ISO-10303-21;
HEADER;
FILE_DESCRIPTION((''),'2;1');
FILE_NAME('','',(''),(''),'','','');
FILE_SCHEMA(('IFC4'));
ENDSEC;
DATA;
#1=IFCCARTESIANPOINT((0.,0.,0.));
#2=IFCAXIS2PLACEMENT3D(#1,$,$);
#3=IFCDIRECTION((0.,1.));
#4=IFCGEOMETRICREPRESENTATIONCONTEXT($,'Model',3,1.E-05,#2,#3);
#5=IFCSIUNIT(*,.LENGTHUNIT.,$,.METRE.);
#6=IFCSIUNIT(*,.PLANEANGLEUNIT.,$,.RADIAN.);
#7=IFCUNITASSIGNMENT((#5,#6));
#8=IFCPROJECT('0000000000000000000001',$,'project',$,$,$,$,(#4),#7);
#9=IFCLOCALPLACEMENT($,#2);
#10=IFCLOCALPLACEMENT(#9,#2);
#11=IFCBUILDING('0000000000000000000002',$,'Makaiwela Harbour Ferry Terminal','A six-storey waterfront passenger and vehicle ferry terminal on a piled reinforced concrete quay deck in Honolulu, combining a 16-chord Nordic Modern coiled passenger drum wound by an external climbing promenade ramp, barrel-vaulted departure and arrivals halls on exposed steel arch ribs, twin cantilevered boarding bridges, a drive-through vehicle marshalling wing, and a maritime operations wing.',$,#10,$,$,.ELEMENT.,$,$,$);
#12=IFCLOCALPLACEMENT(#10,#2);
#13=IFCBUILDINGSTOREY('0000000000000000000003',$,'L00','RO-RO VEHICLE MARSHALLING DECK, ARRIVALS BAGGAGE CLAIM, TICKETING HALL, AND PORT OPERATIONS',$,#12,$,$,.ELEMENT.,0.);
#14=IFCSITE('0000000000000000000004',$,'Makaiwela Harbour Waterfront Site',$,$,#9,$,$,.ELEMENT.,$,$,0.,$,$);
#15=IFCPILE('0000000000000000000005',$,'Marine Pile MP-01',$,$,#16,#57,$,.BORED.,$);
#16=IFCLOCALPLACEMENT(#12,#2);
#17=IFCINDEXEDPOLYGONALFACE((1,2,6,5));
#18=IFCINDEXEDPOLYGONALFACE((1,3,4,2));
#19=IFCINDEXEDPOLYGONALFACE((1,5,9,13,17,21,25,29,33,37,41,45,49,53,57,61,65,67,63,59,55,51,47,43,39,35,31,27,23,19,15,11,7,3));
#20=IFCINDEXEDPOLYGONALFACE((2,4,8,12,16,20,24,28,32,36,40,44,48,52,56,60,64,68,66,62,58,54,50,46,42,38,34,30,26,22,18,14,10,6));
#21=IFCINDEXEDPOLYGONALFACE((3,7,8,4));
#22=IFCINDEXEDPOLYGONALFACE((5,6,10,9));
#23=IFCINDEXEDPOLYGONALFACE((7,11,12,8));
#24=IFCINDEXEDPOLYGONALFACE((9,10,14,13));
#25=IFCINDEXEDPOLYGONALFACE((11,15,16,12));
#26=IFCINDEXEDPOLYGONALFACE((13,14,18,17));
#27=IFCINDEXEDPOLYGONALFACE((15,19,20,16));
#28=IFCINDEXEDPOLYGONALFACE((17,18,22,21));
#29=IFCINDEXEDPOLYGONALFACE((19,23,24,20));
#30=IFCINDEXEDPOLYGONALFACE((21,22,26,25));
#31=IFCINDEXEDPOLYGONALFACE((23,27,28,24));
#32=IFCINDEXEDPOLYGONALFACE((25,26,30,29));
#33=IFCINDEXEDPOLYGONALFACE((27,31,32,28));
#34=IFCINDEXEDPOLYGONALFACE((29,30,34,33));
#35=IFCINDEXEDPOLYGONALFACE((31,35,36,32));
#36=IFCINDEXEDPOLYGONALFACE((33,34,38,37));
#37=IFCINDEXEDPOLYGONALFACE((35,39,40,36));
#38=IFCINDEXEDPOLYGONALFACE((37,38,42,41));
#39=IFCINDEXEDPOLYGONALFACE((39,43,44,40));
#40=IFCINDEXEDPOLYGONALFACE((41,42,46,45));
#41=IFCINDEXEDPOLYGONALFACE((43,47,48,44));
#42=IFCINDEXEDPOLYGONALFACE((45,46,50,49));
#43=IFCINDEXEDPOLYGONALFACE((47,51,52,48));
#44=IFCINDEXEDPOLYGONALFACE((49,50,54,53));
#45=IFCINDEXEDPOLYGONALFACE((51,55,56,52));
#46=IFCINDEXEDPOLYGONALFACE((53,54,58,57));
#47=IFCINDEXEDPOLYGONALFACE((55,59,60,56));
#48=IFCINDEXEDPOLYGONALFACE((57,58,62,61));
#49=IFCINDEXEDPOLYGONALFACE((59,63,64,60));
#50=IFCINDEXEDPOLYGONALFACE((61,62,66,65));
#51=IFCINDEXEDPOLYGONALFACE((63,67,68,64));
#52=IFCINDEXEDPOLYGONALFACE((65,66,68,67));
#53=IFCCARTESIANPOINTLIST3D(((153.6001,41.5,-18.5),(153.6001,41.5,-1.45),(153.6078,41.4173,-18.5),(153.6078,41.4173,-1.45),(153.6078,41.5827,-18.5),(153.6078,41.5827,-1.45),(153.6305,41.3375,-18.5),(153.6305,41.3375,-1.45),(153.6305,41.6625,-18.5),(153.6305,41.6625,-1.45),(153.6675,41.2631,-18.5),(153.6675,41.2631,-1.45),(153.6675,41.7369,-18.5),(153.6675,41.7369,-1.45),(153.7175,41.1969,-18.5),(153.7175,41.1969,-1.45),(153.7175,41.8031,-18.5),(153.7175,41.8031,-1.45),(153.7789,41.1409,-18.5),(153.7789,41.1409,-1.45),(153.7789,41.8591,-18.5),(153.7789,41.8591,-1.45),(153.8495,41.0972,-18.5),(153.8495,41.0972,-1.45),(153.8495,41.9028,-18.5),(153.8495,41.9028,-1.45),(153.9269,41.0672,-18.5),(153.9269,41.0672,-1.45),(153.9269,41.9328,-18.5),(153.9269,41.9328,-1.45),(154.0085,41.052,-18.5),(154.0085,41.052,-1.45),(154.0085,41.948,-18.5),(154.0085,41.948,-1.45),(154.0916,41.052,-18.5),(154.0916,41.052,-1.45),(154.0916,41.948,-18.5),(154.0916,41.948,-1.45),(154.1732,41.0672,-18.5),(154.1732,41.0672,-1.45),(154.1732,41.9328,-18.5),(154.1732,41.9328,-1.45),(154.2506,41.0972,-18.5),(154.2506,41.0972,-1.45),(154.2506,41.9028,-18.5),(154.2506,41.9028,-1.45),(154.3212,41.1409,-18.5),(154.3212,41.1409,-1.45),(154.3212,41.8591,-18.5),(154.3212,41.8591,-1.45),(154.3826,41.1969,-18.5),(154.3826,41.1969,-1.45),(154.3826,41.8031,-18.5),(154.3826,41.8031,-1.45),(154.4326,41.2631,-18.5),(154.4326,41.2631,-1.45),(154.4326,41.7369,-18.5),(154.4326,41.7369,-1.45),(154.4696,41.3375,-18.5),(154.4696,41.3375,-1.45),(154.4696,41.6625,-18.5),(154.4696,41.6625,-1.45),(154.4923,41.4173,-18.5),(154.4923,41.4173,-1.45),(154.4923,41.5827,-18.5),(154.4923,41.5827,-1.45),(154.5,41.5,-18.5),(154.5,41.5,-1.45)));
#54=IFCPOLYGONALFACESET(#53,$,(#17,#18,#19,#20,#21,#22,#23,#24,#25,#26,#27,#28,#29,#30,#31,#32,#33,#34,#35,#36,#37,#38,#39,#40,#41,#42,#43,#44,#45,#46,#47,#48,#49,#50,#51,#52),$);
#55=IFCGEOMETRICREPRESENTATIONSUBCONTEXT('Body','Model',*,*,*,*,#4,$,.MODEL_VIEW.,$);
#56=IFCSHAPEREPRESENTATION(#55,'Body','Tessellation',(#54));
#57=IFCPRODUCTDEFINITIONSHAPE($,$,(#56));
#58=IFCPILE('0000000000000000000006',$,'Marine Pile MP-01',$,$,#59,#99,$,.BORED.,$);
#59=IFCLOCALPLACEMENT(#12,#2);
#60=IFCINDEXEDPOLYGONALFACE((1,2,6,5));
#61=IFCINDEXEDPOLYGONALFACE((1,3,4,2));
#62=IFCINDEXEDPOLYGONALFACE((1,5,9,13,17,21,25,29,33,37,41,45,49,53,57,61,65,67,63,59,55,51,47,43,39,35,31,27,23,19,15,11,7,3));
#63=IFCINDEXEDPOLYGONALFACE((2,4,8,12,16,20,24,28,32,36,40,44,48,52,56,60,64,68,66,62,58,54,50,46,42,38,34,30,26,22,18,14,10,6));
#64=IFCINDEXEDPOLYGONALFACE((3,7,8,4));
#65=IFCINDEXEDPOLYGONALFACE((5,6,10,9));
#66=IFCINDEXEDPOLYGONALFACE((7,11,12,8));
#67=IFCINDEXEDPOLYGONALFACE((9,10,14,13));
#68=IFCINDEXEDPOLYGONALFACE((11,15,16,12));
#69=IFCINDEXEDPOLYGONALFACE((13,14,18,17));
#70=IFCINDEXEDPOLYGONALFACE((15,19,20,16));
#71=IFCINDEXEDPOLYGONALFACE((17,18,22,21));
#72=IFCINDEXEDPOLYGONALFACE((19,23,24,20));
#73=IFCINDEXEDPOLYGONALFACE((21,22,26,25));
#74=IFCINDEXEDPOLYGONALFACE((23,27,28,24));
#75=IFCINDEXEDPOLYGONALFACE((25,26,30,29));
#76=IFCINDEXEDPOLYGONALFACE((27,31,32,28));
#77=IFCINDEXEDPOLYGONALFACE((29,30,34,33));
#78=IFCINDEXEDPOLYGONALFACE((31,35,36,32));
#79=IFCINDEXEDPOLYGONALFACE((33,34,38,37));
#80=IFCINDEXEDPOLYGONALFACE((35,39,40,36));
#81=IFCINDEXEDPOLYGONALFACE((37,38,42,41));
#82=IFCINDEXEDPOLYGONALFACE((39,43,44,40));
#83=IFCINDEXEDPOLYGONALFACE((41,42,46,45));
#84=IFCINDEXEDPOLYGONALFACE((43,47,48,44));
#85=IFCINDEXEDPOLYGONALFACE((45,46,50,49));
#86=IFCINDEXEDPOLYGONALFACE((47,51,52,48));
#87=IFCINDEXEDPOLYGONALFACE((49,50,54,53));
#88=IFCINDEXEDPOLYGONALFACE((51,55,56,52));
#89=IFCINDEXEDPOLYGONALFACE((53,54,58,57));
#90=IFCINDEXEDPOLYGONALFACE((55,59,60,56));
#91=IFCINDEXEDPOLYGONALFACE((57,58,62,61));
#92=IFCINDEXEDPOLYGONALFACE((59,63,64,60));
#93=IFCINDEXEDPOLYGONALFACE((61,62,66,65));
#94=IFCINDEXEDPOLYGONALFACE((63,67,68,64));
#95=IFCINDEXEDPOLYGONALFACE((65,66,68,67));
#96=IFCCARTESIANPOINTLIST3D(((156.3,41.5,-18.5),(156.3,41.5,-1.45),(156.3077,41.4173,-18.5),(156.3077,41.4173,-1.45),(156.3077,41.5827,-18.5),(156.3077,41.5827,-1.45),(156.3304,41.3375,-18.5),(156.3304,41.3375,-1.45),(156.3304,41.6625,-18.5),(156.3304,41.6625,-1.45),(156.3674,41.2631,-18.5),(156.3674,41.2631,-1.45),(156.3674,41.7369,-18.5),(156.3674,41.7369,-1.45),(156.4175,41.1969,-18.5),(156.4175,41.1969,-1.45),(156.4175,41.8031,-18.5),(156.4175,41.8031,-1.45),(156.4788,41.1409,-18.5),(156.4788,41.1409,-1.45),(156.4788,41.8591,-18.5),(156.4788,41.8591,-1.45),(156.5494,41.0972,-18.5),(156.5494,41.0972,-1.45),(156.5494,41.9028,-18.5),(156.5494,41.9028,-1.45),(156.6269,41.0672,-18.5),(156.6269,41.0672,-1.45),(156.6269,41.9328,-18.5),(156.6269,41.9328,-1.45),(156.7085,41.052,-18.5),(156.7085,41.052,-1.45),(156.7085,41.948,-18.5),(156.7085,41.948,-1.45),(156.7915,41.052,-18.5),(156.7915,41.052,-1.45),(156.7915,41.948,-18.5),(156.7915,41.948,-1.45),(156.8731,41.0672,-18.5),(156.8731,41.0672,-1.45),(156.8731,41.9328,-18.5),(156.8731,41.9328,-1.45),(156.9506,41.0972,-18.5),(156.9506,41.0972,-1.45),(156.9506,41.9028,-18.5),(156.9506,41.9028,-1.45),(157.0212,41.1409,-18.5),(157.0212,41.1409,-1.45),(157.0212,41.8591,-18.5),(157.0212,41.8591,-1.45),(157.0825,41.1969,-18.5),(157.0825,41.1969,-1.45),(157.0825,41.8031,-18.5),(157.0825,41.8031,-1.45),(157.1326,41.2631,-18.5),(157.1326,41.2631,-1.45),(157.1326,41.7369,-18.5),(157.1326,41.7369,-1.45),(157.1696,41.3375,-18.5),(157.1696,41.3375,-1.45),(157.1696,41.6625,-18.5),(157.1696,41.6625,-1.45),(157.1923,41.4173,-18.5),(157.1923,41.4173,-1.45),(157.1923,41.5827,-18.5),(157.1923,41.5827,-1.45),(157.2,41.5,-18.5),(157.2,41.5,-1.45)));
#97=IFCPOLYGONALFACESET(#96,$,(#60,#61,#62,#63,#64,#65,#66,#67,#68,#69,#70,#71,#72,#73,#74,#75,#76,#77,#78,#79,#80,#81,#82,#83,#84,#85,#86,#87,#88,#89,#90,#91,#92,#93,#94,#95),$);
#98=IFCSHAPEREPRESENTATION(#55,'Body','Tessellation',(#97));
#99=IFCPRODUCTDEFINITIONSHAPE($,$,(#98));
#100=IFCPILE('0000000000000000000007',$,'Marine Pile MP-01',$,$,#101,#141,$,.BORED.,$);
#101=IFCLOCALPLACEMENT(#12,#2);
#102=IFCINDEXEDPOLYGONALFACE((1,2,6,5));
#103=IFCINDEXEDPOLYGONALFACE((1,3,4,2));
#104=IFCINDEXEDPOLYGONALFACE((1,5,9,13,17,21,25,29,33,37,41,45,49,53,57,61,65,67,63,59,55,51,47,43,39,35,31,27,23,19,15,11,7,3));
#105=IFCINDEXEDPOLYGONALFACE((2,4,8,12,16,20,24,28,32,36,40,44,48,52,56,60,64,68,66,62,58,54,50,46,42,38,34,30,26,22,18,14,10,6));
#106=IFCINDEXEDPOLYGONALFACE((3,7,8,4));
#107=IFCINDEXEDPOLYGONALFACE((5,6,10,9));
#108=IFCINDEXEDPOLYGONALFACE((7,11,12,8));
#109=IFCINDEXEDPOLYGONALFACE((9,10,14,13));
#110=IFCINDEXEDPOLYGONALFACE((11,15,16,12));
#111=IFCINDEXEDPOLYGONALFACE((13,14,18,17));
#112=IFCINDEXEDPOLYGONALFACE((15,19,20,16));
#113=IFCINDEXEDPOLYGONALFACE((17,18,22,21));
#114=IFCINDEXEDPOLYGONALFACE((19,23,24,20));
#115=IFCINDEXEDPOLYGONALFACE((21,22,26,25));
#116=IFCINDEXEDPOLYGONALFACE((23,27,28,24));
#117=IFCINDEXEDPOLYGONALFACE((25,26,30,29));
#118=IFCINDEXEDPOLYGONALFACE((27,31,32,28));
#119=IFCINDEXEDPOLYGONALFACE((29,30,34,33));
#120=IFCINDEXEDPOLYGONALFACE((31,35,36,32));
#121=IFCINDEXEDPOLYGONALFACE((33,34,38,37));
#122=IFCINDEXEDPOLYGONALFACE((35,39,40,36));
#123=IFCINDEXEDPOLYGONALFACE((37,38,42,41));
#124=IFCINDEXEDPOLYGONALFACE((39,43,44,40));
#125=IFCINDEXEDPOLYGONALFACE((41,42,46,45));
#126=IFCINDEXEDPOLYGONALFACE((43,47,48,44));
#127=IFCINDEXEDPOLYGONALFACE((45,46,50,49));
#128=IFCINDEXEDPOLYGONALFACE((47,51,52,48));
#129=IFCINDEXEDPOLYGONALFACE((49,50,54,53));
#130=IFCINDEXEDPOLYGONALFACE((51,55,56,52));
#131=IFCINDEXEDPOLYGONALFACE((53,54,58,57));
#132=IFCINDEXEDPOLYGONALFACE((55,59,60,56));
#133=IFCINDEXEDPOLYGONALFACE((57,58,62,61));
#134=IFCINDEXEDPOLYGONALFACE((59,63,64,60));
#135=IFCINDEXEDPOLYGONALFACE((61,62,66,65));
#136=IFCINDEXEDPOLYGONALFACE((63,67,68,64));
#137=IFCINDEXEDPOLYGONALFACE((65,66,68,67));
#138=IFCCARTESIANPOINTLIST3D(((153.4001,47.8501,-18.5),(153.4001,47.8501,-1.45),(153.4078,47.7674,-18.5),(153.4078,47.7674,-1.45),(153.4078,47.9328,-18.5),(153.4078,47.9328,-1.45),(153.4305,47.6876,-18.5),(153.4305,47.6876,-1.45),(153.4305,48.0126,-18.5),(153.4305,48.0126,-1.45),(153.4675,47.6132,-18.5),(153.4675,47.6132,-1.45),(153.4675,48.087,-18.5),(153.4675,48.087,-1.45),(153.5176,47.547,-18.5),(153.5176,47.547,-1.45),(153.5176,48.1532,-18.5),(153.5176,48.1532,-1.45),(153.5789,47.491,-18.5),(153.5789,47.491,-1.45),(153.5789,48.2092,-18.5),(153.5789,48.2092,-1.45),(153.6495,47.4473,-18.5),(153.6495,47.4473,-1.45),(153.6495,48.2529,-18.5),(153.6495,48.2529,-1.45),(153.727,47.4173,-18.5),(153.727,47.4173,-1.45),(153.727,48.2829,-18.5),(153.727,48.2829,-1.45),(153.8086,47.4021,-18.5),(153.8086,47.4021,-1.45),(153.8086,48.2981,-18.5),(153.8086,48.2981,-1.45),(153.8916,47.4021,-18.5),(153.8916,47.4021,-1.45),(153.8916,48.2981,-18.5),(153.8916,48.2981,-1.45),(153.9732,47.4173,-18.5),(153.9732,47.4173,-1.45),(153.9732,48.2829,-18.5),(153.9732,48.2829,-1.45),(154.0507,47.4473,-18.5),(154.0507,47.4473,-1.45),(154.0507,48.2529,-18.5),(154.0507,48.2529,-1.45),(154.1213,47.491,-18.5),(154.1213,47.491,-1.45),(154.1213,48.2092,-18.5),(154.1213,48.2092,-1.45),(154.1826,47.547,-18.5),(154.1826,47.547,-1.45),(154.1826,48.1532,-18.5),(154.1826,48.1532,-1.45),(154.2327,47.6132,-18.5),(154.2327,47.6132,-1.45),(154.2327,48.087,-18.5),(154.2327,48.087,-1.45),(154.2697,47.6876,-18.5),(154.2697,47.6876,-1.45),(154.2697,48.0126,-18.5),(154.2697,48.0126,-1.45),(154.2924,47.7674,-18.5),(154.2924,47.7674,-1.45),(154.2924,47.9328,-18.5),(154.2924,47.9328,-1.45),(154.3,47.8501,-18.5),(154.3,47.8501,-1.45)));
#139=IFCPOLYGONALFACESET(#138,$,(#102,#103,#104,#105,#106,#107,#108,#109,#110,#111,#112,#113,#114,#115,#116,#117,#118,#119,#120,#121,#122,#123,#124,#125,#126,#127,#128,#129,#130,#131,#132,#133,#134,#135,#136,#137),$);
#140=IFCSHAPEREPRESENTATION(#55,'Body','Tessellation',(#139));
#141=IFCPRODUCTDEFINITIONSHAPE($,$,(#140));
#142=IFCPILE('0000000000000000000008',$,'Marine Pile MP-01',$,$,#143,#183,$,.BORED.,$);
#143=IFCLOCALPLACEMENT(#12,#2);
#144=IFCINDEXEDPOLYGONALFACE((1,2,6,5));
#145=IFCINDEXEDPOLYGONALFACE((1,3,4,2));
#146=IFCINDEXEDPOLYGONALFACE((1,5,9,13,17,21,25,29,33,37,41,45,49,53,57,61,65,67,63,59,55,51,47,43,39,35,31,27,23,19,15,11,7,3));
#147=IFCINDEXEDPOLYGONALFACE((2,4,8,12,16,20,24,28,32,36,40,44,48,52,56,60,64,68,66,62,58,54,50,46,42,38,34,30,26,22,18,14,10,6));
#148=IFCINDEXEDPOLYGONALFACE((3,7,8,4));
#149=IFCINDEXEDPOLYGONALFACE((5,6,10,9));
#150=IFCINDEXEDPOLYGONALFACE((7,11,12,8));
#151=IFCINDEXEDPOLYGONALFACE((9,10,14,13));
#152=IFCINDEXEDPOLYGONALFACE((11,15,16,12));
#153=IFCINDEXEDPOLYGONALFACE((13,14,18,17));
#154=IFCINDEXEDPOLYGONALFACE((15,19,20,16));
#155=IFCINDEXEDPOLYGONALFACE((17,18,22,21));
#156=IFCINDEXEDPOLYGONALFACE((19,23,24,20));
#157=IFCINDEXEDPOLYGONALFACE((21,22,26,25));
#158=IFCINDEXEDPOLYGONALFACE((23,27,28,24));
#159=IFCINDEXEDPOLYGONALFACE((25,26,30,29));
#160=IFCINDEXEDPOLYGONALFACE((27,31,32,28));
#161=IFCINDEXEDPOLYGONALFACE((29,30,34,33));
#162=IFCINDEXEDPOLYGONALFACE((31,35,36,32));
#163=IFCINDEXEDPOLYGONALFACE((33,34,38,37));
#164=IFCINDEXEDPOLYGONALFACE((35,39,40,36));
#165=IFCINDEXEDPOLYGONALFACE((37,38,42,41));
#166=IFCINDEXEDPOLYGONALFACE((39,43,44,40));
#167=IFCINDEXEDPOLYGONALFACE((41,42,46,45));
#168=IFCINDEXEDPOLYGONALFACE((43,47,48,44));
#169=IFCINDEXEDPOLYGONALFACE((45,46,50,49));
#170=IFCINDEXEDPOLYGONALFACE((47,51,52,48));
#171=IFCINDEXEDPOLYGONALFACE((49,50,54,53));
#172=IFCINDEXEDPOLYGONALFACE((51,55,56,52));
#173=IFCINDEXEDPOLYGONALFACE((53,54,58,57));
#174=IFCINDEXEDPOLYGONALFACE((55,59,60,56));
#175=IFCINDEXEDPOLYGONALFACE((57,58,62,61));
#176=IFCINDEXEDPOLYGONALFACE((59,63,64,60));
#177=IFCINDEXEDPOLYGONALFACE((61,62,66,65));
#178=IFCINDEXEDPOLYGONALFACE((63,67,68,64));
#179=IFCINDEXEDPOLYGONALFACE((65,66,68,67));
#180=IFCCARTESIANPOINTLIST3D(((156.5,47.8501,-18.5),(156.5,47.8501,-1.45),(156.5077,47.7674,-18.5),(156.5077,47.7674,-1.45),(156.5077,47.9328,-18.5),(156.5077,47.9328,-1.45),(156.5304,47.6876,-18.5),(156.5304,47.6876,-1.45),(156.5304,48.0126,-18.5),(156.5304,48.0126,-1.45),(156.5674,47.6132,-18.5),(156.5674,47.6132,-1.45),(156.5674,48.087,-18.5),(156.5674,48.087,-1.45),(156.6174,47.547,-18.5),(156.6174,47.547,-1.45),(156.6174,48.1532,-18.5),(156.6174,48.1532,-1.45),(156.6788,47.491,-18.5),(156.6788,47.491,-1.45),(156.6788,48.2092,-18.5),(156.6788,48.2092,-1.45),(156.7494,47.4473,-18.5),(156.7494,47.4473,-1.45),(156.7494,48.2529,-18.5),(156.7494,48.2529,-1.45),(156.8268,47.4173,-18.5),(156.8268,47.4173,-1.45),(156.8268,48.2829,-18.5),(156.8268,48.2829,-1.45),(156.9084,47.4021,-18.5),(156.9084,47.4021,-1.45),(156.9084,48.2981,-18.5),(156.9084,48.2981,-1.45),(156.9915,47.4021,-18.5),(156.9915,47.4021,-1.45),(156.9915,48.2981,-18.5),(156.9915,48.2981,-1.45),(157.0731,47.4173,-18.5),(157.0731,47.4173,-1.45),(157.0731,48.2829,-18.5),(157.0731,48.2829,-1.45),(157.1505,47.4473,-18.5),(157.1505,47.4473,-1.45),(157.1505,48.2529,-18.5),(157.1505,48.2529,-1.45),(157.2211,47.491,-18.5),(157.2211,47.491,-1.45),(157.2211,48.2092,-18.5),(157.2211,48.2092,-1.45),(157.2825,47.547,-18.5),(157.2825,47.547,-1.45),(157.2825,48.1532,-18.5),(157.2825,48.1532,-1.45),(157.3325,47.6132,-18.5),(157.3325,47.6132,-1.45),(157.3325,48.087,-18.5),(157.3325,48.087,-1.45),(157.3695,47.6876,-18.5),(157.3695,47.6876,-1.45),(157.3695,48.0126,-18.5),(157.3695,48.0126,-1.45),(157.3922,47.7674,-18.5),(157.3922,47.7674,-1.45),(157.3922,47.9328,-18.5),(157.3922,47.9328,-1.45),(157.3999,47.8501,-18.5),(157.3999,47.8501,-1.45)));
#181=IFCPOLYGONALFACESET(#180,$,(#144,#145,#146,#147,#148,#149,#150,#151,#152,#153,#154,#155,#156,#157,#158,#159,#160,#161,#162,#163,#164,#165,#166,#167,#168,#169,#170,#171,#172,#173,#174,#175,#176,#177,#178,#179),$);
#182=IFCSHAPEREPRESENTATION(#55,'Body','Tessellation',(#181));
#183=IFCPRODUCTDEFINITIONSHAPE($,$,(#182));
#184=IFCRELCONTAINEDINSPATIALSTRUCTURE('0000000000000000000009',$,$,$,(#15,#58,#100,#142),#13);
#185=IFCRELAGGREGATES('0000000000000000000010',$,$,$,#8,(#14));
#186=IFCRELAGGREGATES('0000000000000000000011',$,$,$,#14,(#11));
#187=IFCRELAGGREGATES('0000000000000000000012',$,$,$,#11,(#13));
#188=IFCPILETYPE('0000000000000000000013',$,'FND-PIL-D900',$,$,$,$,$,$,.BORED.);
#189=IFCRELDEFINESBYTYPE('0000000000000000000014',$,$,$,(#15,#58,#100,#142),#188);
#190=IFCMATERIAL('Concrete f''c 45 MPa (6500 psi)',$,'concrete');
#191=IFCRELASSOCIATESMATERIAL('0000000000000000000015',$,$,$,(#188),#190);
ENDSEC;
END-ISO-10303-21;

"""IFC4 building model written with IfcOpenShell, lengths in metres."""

from ifc_helpers import new_model, si_unit, direction, frame, origin, origin_2d, place, context, subcontext, project, spatial, circle, extrude, material, material_profile, profile_set, type_object, element, save


model = new_model("IFC4")

# Units and contexts
model_context = context("Model", 3, precision=1e-05, world=origin(), true_north=direction((0.0, 1.0)))
body_context = subcontext(model_context, "Body", "Model", "MODEL_VIEW")
ifc_project = project(units=[si_unit("LENGTHUNIT", "METRE"), si_unit("PLANEANGLEUNIT", "RADIAN")], contexts=[model_context])

# Site, building, storey
site_placement = place(None, origin())
site = spatial("IfcSite", under=ifc_project, at=site_placement, Name="Makaiwela Harbour Waterfront Site", CompositionType="ELEMENT", RefElevation=0.0)
building_placement = place(site_placement, origin())
building = spatial("IfcBuilding", under=site, at=building_placement, Name="Makaiwela Harbour Ferry Terminal", Description="A six-storey waterfront passenger and vehicle ferry terminal on a piled reinforced concrete quay deck in Honolulu, combining a 16-chord Nordic Modern coiled passenger drum wound by an external climbing promenade ramp, barrel-vaulted departure and arrivals halls on exposed steel arch ribs, twin cantilevered boarding bridges, a drive-through vehicle marshalling wing, and a maritime operations wing.", CompositionType="ELEMENT")
storey_placement = place(building_placement, origin())
storey = spatial("IfcBuildingStorey", under=building, at=storey_placement, Name="L00", Description="RO-RO VEHICLE MARSHALLING DECK, ARRIVALS BAGGAGE CLAIM, TICKETING HALL, AND PORT OPERATIONS", CompositionType="ELEMENT", Elevation=0.0)

# Shared definitions
ifc_material_1 = material(Name="Concrete f'c 45 MPa (6500 psi)", Category="concrete")

# Piles
ifc_material_profile_1 = material_profile(ifc_material_1, circle(Radius=0.45, at=origin_2d()), Name="PILE-D900")
ifc_profile_set_1 = profile_set([ifc_material_profile_1], Name="Concrete f'c 45 MPa (6500 psi)")
pile_type = type_object("IfcPileType", Name="FND-PIL-D900", PredefinedType="BORED", material=ifc_profile_set_1)
for number, where, z_axis, x_axis, name in (
    (1, (154.05, 41.5, -1.45), (0.0, 0.0, -1.0), (1.0, 0.0, 0.0), "Marine Pile MP-01"),
    (2, (156.75, 41.5, -1.45), (0.0, 0.0, -1.0), (1.0, 0.0, 0.0), "Marine Pile MP-01"),
    (3, (153.8501, 47.8501, -1.45), (0.0, 0.0, -1.0), (1.0, 0.0, 0.0), "Marine Pile MP-01"),
    (4, (156.95, 47.8501, -1.45), (0.0, 0.0, -1.0), (1.0, 0.0, 0.0), "Marine Pile MP-01"),
):
    element("IfcPile", number, at=place(storey_placement, frame(where, z_axis=z_axis, x_axis=x_axis)), inside=storey, type_object=pile_type, Name=name, PredefinedType="BORED", context=body_context, shape_type="SweptSolid", body=[
        extrude(circle(Radius=0.45, at=origin_2d()), origin(), (0.0, 0.0, 1.0), 17.05),
    ])

save(model, "model.ifc")
